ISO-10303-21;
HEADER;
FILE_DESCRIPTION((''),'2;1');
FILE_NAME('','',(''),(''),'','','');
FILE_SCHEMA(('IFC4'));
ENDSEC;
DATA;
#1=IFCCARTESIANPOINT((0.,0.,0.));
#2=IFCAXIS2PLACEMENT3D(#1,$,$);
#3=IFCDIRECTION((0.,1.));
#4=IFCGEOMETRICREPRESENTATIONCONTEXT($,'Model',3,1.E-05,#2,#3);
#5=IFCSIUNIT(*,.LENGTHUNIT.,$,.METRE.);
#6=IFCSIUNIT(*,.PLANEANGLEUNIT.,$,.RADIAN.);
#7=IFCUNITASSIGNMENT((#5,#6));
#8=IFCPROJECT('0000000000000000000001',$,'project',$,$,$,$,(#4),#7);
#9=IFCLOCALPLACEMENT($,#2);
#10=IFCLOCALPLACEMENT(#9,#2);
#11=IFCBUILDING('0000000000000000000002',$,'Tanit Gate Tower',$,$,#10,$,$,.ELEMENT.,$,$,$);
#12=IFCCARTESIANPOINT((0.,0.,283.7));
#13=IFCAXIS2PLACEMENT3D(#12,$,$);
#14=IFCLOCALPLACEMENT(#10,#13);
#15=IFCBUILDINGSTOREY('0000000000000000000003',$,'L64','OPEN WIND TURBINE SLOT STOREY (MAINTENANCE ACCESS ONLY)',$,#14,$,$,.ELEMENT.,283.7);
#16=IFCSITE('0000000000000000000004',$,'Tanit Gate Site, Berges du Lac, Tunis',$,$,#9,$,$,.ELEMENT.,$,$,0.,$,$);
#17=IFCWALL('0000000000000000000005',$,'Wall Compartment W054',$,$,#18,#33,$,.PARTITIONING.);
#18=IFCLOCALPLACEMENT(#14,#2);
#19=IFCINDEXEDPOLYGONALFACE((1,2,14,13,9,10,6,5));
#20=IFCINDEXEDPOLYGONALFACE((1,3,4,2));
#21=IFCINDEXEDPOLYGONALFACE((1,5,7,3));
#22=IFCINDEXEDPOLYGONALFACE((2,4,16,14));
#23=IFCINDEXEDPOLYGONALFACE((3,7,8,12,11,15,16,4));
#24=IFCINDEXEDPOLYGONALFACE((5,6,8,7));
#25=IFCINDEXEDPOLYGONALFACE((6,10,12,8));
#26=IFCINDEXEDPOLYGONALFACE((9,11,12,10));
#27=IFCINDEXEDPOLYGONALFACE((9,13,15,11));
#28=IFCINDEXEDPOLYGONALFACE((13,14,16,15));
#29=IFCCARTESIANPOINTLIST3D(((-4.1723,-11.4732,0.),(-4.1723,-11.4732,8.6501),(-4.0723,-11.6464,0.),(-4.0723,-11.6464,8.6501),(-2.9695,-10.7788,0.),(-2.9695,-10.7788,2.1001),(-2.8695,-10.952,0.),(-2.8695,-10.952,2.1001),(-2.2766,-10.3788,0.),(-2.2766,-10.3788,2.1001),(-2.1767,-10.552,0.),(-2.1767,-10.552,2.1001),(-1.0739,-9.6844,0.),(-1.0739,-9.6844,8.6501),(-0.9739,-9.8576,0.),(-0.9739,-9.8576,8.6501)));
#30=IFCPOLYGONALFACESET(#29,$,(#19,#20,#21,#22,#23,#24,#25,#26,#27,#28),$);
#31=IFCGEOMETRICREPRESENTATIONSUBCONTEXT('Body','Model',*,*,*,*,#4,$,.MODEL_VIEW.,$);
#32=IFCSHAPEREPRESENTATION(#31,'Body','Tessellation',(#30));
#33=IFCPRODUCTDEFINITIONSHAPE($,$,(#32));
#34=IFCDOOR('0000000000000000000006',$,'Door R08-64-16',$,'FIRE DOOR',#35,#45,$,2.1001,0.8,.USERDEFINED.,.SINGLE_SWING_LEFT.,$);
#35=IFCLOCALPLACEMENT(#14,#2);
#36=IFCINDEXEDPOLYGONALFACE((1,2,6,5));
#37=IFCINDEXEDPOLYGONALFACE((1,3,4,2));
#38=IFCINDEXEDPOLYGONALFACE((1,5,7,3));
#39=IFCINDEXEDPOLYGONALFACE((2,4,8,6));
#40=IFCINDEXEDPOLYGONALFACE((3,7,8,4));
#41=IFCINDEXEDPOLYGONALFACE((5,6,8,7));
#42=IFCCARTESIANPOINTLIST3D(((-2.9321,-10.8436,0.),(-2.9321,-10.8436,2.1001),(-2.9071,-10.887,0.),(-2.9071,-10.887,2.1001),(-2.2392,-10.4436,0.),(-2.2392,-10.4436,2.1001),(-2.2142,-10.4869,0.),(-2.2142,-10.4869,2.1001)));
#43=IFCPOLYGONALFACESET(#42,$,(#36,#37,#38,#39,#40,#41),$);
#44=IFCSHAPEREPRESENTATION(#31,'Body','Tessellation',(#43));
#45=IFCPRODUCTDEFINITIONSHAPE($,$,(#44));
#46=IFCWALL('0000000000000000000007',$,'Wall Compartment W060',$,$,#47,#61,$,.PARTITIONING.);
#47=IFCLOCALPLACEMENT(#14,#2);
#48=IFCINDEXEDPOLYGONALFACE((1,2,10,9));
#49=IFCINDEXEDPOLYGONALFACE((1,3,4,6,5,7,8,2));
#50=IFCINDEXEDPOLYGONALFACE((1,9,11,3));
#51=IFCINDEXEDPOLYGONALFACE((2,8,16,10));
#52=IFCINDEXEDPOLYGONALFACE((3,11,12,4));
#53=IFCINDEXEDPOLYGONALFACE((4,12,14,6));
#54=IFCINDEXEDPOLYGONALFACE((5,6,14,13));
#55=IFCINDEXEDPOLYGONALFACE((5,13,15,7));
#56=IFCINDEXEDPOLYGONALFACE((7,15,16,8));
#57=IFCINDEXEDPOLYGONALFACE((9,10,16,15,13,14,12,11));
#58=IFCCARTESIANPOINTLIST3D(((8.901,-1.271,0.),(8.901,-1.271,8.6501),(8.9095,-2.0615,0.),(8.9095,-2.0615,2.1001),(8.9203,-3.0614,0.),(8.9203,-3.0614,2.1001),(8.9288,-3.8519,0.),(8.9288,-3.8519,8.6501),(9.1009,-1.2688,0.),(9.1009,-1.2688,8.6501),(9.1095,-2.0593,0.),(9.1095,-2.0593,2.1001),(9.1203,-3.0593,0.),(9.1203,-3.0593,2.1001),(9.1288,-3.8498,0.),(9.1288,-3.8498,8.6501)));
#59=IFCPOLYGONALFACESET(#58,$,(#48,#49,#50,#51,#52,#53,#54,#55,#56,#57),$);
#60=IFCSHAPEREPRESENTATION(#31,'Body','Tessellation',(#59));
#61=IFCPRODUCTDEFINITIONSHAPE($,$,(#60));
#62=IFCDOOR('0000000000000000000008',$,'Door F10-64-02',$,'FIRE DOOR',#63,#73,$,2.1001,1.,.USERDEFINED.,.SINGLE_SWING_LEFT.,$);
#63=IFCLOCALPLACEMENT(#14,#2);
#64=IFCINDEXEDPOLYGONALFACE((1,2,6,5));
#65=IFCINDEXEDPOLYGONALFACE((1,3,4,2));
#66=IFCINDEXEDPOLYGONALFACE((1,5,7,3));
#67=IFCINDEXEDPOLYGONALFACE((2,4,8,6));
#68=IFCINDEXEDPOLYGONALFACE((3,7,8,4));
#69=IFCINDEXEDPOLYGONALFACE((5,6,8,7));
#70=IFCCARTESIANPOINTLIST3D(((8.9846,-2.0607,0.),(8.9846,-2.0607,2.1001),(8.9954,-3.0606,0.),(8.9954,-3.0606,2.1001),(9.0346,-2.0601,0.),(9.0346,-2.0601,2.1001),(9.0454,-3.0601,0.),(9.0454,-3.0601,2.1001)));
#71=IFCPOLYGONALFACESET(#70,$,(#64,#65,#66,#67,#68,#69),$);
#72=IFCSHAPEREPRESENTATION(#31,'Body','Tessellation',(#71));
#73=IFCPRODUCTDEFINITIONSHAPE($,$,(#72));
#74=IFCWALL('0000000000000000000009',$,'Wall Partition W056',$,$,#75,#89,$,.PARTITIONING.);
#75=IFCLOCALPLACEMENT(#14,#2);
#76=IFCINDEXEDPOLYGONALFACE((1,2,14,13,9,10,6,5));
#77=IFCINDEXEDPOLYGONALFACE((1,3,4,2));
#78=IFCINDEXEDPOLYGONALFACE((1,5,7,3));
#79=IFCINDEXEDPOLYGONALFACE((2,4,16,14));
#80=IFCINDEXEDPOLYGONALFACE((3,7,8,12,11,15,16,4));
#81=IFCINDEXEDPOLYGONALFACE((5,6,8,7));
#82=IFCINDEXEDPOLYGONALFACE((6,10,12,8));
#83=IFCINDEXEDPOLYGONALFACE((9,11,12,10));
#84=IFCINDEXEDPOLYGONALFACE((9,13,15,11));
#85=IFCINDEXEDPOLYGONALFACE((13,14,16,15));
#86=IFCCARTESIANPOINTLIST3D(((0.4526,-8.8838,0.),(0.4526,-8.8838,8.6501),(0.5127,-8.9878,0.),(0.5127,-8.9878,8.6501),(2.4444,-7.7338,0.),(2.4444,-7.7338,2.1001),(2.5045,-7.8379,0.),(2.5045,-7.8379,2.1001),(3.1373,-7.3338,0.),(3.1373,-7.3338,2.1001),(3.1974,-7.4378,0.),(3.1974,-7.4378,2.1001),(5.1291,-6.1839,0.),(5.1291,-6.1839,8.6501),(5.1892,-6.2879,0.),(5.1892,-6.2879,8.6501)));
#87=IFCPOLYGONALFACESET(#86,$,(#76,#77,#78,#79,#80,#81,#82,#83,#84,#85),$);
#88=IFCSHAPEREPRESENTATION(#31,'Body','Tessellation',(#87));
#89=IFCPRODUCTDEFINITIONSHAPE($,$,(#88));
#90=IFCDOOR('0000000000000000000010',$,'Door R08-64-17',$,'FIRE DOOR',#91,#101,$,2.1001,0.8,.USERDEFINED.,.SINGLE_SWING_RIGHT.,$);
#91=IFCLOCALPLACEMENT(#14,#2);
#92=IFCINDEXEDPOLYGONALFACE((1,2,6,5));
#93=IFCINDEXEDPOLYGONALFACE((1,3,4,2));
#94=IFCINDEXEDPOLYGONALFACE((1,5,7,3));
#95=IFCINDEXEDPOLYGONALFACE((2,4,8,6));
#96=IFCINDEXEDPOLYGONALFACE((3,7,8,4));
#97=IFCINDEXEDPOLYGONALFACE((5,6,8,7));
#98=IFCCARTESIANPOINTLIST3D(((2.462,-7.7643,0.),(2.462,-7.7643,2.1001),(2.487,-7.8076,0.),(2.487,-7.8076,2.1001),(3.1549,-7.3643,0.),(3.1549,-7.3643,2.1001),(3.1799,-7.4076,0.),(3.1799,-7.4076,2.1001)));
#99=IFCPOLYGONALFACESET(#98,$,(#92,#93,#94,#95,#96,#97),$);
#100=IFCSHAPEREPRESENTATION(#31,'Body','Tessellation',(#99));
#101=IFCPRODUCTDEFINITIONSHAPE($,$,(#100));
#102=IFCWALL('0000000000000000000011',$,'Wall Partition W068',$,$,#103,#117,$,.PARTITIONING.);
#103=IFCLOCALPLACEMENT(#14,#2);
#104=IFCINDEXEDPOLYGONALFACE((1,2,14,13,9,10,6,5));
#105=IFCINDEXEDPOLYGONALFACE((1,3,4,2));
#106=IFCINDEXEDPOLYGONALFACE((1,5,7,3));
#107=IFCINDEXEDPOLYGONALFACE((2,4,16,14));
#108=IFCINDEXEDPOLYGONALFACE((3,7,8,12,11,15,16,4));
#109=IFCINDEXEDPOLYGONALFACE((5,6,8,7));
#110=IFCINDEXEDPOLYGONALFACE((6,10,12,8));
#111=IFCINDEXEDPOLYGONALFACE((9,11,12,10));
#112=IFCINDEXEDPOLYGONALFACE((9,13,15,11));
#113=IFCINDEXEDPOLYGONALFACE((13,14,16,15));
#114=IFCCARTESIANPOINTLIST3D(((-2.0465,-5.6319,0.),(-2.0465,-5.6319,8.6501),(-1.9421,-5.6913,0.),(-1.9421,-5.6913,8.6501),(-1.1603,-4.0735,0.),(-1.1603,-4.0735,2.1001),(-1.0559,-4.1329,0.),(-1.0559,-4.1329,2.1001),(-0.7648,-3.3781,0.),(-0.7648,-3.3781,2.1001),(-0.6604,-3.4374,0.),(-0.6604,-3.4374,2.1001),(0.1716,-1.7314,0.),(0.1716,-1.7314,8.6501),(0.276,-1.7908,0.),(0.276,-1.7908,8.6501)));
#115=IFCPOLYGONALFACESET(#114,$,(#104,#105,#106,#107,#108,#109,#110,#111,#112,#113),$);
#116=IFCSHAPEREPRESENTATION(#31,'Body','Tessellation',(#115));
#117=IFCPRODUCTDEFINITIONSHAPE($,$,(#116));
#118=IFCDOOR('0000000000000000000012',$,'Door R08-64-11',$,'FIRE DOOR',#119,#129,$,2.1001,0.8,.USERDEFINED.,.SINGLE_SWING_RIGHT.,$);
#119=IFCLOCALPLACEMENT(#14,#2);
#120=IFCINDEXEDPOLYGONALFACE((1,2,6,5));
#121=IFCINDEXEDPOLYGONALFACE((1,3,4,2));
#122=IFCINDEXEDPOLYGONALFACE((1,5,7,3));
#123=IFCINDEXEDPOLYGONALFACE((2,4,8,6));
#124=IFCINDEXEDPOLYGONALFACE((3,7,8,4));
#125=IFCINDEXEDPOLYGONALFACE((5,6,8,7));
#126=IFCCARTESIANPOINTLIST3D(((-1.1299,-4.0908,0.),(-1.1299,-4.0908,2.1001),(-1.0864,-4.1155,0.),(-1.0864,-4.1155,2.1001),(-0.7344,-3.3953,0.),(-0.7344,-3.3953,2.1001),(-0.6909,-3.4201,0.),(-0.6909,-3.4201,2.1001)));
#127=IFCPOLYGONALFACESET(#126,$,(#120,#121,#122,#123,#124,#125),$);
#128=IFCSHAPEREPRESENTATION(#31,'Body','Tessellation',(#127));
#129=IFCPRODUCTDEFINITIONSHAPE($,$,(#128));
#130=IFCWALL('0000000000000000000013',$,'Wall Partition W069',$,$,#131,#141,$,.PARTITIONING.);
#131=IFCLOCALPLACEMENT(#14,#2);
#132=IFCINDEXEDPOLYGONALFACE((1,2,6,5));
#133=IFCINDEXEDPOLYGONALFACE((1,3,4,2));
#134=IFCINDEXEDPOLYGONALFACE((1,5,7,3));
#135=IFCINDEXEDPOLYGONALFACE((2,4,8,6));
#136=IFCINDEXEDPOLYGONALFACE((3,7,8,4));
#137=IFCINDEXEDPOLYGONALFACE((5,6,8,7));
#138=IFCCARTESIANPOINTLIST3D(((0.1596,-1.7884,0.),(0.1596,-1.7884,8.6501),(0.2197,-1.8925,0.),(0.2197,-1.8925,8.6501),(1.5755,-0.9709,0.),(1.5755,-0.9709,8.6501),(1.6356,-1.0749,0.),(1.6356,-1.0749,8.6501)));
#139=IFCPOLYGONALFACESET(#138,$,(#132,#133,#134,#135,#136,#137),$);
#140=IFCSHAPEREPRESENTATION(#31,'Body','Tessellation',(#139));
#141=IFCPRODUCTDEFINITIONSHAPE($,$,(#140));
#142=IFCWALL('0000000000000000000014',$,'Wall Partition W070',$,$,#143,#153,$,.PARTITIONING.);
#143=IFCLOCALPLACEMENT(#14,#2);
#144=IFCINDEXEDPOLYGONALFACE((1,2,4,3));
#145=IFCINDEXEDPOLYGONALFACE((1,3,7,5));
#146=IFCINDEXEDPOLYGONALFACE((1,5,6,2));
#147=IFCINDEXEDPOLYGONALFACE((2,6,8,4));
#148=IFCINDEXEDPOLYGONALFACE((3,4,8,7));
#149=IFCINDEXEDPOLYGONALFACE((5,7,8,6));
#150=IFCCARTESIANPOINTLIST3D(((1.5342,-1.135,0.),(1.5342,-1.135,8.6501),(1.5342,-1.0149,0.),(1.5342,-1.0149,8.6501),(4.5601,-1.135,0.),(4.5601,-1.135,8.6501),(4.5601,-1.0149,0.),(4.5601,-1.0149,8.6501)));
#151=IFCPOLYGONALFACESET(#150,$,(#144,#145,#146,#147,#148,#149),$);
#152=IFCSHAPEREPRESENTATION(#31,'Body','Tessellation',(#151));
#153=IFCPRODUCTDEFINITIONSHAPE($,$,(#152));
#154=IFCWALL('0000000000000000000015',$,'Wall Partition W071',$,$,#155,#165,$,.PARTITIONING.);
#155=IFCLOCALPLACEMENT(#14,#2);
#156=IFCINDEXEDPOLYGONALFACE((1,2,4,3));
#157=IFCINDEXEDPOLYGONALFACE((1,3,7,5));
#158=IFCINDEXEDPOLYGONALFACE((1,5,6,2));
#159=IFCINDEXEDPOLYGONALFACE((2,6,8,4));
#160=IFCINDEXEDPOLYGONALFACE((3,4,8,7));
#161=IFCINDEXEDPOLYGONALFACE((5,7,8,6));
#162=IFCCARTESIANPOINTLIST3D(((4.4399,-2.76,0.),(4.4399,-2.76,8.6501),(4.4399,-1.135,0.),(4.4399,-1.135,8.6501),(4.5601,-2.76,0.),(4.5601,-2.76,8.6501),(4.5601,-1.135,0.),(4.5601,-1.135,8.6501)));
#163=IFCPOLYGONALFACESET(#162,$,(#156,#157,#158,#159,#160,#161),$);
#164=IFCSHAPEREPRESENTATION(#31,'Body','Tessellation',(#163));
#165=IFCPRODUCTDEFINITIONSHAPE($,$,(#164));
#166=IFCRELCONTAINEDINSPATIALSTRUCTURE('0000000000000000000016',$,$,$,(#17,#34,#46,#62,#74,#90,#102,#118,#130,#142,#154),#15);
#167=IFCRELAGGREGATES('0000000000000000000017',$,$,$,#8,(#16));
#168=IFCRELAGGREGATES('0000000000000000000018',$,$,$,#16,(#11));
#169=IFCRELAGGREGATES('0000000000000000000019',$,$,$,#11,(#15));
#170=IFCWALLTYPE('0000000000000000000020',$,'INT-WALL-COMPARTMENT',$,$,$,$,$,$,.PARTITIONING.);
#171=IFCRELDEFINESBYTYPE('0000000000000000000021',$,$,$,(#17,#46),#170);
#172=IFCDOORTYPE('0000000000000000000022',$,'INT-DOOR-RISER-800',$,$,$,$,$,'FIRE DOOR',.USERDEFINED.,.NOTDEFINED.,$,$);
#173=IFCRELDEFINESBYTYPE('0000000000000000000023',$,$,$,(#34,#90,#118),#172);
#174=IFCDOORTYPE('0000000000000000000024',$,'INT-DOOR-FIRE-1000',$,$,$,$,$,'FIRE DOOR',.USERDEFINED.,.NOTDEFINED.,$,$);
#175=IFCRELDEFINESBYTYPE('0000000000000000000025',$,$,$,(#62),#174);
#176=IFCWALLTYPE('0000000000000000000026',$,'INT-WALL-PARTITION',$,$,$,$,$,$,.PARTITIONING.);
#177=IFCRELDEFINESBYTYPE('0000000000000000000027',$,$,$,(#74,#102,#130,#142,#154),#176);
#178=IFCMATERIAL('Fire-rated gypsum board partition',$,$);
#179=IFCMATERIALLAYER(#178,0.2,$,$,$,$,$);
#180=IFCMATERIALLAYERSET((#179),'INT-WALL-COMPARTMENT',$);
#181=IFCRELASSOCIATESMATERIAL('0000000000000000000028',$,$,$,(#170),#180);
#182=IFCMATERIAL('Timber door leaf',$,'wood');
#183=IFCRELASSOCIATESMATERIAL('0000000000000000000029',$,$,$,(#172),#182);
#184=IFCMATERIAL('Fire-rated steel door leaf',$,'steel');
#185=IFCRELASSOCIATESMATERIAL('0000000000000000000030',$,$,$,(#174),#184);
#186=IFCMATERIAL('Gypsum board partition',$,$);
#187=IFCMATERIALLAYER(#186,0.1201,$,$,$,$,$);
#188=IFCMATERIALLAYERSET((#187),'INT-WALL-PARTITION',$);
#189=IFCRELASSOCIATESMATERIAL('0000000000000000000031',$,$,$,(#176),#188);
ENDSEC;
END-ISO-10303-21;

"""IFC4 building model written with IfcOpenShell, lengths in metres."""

from ifc_helpers import new_model, si_unit, direction, frame, frame_2d, origin, place, context, subcontext, project, spatial, rectangle, extrude, material, layer, layer_set, type_object, element, fill, save


model = new_model("IFC4")

# Units and contexts
model_context = context("Model", 3, precision=1e-05, world=origin(), true_north=direction((0.0, 1.0)))
body_context = subcontext(model_context, "Body", "Model", "MODEL_VIEW")
ifc_project = project(units=[si_unit("LENGTHUNIT", "METRE"), si_unit("PLANEANGLEUNIT", "RADIAN")], contexts=[model_context])

# Site, building, storey
site_placement = place(None, origin())
site = spatial("IfcSite", under=ifc_project, at=site_placement, Name="Tanit Gate Site, Berges du Lac, Tunis", CompositionType="ELEMENT", RefElevation=0.0)
building_placement = place(site_placement, origin())
building = spatial("IfcBuilding", under=site, at=building_placement, Name="Tanit Gate Tower", CompositionType="ELEMENT")
storey_placement = place(building_placement, frame((0.0, 0.0, 283.7)))
storey = spatial("IfcBuildingStorey", under=building, at=storey_placement, Name="L64", Description="OPEN WIND TURBINE SLOT STOREY (MAINTENANCE ACCESS ONLY)", CompositionType="ELEMENT", Elevation=283.7)

# Walls, openings, doors
ifc_material_1 = material(Name="Fire-rated gypsum board partition")
ifc_layer_1 = layer(ifc_material_1, 0.2)
ifc_layer_set_1 = layer_set([ifc_layer_1], Name="INT-WALL-COMPARTMENT")
wall_type_1 = type_object("IfcWallType", Name="INT-WALL-COMPARTMENT", PredefinedType="PARTITIONING", material=ifc_layer_set_1)
wall_1_placement = place(storey_placement, frame((-1.0239, -9.771, 0.0), z_axis=(0.0, 0.0, 1.0), x_axis=(-0.86603, -0.499992, 0.0)))
wall_1 = element("IfcWall", 1, at=wall_1_placement, inside=storey, type_object=wall_type_1, Name="Wall Compartment W054", PredefinedType="PARTITIONING", context=body_context, shape_type="SweptSolid", body=[
    extrude(rectangle(XDim=3.5776, YDim=0.2, at=frame_2d((1.7888, 0.0))), origin(), (0.0, 0.0, 1.0), 8.6501),
])
opening_1_placement = place(wall_1_placement, frame((1.3889, 0.0, 0.0)))
opening_1 = element("IfcOpeningElement", 2, at=opening_1_placement, cuts=wall_1, PredefinedType="OPENING", context=body_context, shape_type="SweptSolid", body=[
    extrude(rectangle(XDim=0.8, YDim=2.1001, at=frame_2d((0.3999, 1.05))), frame((0.0, 0.1099, 0.0), z_axis=(0.0, -1.0, 0.0), x_axis=(1.0, 0.0, 0.0)), (0.0, 0.0, 1.0), 0.22),
])
ifc_material_2 = material(Name="Timber door leaf", Category="wood")
door_type_1 = type_object("IfcDoorType", Name="INT-DOOR-RISER-800", ElementType="FIRE DOOR", OperationType="NOTDEFINED", PredefinedType="USERDEFINED", material=ifc_material_2)
door_1_placement = place(opening_1_placement, origin())
door_1 = element("IfcDoor", 3, at=door_1_placement, inside=storey, type_object=door_type_1, Name="Door R08-64-16", ObjectType="FIRE DOOR", OperationType="SINGLE_SWING_LEFT", OverallHeight=2.1001, OverallWidth=0.8, PredefinedType="USERDEFINED", context=body_context, shape_type="SweptSolid", body=[
    extrude(rectangle(XDim=0.8, YDim=2.1001, at=frame_2d((0.3999, 1.05))), frame((0.0, 0.0249, 0.0), z_axis=(0.0, -1.0, 0.0), x_axis=(1.0, 0.0, 0.0)), (0.0, 0.0, 1.0), 0.05),
])
fill(opening_1, door_1)
wall_2_placement = place(storey_placement, frame((9.0288, -3.8508, 0.0), z_axis=(0.0, 0.0, 1.0), x_axis=(-0.010784, 0.999942, 0.0)))
wall_2 = element("IfcWall", 4, at=wall_2_placement, inside=storey, type_object=wall_type_1, Name="Wall Compartment W060", PredefinedType="PARTITIONING", context=body_context, shape_type="SweptSolid", body=[
    extrude(rectangle(XDim=2.5811, YDim=0.2, at=frame_2d((1.2905, 0.0))), origin(), (0.0, 0.0, 1.0), 8.6501),
])
opening_2_placement = place(wall_2_placement, frame((0.7905, 0.0, 0.0)))
opening_2 = element("IfcOpeningElement", 5, at=opening_2_placement, cuts=wall_2, PredefinedType="OPENING", context=body_context, shape_type="SweptSolid", body=[
    extrude(rectangle(XDim=1.0, YDim=2.1001, at=frame_2d((0.5, 1.05))), frame((0.0, 0.1099, 0.0), z_axis=(0.0, -1.0, 0.0), x_axis=(1.0, 0.0, 0.0)), (0.0, 0.0, 1.0), 0.22),
])
ifc_material_3 = material(Name="Fire-rated steel door leaf", Category="steel")
door_type_2 = type_object("IfcDoorType", Name="INT-DOOR-FIRE-1000", ElementType="FIRE DOOR", OperationType="NOTDEFINED", PredefinedType="USERDEFINED", material=ifc_material_3)
door_2_placement = place(opening_2_placement, origin())
door_2 = element("IfcDoor", 6, at=door_2_placement, inside=storey, type_object=door_type_2, Name="Door F10-64-02", ObjectType="FIRE DOOR", OperationType="SINGLE_SWING_LEFT", OverallHeight=2.1001, OverallWidth=1.0, PredefinedType="USERDEFINED", context=body_context, shape_type="SweptSolid", body=[
    extrude(rectangle(XDim=1.0, YDim=2.1001, at=frame_2d((0.5, 1.05))), frame((0.0, 0.0249, 0.0), z_axis=(0.0, -1.0, 0.0), x_axis=(1.0, 0.0, 0.0)), (0.0, 0.0, 1.0), 0.05),
])
fill(opening_2, door_2)
ifc_material_4 = material(Name="Gypsum board partition")
ifc_layer_2 = layer(ifc_material_4, 0.1201)
ifc_layer_set_2 = layer_set([ifc_layer_2], Name="INT-WALL-PARTITION")
wall_type_2 = type_object("IfcWallType", Name="INT-WALL-PARTITION", PredefinedType="PARTITIONING", material=ifc_layer_set_2)
wall_3_placement = place(storey_placement, frame((0.4827, -8.9358, 0.0), z_axis=(0.0, 0.0, 1.0), x_axis=(0.866028, 0.499995, 0.0)))
wall_3 = element("IfcWall", 7, at=wall_3_placement, inside=storey, type_object=wall_type_2, Name="Wall Partition W056", PredefinedType="PARTITIONING", context=body_context, shape_type="SweptSolid", body=[
    extrude(rectangle(XDim=5.3999, YDim=0.1201, at=frame_2d((2.7, 0.0))), origin(), (0.0, 0.0, 1.0), 8.6501),
])
opening_3_placement = place(wall_3_placement, frame((2.3, 0.0, 0.0)))
opening_3 = element("IfcOpeningElement", 8, at=opening_3_placement, cuts=wall_3, PredefinedType="OPENING", context=body_context, shape_type="SweptSolid", body=[
    extrude(rectangle(XDim=0.8, YDim=2.1001, at=frame_2d((0.3999, 1.05))), frame((0.0, 0.0701, 0.0), z_axis=(0.0, -1.0, 0.0), x_axis=(1.0, 0.0, 0.0)), (0.0, 0.0, 1.0), 0.1401),
])
door_3_placement = place(opening_3_placement, origin())
door_3 = element("IfcDoor", 9, at=door_3_placement, inside=storey, type_object=door_type_1, Name="Door R08-64-17", ObjectType="FIRE DOOR", OperationType="SINGLE_SWING_RIGHT", OverallHeight=2.1001, OverallWidth=0.8, PredefinedType="USERDEFINED", context=body_context, shape_type="SweptSolid", body=[
    extrude(rectangle(XDim=0.8, YDim=2.1001, at=frame_2d((0.3999, 1.05))), frame((0.0, 0.0249, 0.0), z_axis=(0.0, -1.0, 0.0), x_axis=(1.0, 0.0, 0.0)), (0.0, 0.0, 1.0), 0.05),
])
fill(opening_3, door_3)
wall_4_placement = place(storey_placement, frame((0.2239, -1.761, 0.0), z_axis=(0.0, 0.0, 1.0), x_axis=(-0.494327, -0.869276, 0.0)))
wall_4 = element("IfcWall", 10, at=wall_4_placement, inside=storey, type_object=wall_type_2, Name="Wall Partition W068", PredefinedType="PARTITIONING", context=body_context, shape_type="SweptSolid", body=[
    extrude(rectangle(XDim=4.4871, YDim=0.1201, at=frame_2d((2.2437, 0.0))), origin(), (0.0, 0.0, 1.0), 8.6501),
])
opening_4_placement = place(wall_4_placement, frame((1.8945, 0.0, 0.0)))
opening_4 = element("IfcOpeningElement", 11, at=opening_4_placement, cuts=wall_4, PredefinedType="OPENING", context=body_context, shape_type="SweptSolid", body=[
    extrude(rectangle(XDim=0.8, YDim=2.1001, at=frame_2d((0.3999, 1.05))), frame((0.0, 0.0701, 0.0), z_axis=(0.0, -1.0, 0.0), x_axis=(1.0, 0.0, 0.0)), (0.0, 0.0, 1.0), 0.1401),
])
door_4_placement = place(opening_4_placement, origin())
door_4 = element("IfcDoor", 12, at=door_4_placement, inside=storey, type_object=door_type_1, Name="Door R08-64-11", ObjectType="FIRE DOOR", OperationType="SINGLE_SWING_RIGHT", OverallHeight=2.1001, OverallWidth=0.8, PredefinedType="USERDEFINED", context=body_context, shape_type="SweptSolid", body=[
    extrude(rectangle(XDim=0.8, YDim=2.1001, at=frame_2d((0.3999, 1.05))), frame((0.0, 0.0249, 0.0), z_axis=(0.0, -1.0, 0.0), x_axis=(1.0, 0.0, 0.0)), (0.0, 0.0, 1.0), 0.05),
])
fill(opening_4, door_4)

# Walls
wall_5_placement = place(storey_placement, frame((1.6055, -1.0229, 0.0), z_axis=(0.0, 0.0, 1.0), x_axis=(-0.866002, -0.500041, 0.0)))
element("IfcWall", 13, at=wall_5_placement, inside=storey, type_object=wall_type_2, Name="Wall Partition W069", PredefinedType="PARTITIONING", context=body_context, shape_type="SweptSolid", body=[
    extrude(rectangle(XDim=1.635, YDim=0.1201, at=frame_2d((0.8174, 0.0))), origin(), (0.0, 0.0, 1.0), 8.6501),
])
wall_6_placement = place(storey_placement, frame((4.5601, -1.075, 0.0), z_axis=(0.0, 0.0, 1.0), x_axis=(-1.0, 0.0, 0.0)))
element("IfcWall", 14, at=wall_6_placement, inside=storey, type_object=wall_type_2, Name="Wall Partition W070", PredefinedType="PARTITIONING", context=body_context, shape_type="SweptSolid", body=[
    extrude(rectangle(XDim=3.0259, YDim=0.1201, at=frame_2d((1.5129, 0.0))), origin(), (0.0, 0.0, 1.0), 8.6501),
])
wall_7_placement = place(storey_placement, frame((4.5, -2.76, 0.0), z_axis=(0.0, 0.0, 1.0), x_axis=(0.0, 1.0, 0.0)))
element("IfcWall", 15, at=wall_7_placement, inside=storey, type_object=wall_type_2, Name="Wall Partition W071", PredefinedType="PARTITIONING", context=body_context, shape_type="SweptSolid", body=[
    extrude(rectangle(XDim=1.625, YDim=0.1201, at=frame_2d((0.8125, 0.0))), origin(), (0.0, 0.0, 1.0), 8.6501),
])

save(model, "model.ifc")
